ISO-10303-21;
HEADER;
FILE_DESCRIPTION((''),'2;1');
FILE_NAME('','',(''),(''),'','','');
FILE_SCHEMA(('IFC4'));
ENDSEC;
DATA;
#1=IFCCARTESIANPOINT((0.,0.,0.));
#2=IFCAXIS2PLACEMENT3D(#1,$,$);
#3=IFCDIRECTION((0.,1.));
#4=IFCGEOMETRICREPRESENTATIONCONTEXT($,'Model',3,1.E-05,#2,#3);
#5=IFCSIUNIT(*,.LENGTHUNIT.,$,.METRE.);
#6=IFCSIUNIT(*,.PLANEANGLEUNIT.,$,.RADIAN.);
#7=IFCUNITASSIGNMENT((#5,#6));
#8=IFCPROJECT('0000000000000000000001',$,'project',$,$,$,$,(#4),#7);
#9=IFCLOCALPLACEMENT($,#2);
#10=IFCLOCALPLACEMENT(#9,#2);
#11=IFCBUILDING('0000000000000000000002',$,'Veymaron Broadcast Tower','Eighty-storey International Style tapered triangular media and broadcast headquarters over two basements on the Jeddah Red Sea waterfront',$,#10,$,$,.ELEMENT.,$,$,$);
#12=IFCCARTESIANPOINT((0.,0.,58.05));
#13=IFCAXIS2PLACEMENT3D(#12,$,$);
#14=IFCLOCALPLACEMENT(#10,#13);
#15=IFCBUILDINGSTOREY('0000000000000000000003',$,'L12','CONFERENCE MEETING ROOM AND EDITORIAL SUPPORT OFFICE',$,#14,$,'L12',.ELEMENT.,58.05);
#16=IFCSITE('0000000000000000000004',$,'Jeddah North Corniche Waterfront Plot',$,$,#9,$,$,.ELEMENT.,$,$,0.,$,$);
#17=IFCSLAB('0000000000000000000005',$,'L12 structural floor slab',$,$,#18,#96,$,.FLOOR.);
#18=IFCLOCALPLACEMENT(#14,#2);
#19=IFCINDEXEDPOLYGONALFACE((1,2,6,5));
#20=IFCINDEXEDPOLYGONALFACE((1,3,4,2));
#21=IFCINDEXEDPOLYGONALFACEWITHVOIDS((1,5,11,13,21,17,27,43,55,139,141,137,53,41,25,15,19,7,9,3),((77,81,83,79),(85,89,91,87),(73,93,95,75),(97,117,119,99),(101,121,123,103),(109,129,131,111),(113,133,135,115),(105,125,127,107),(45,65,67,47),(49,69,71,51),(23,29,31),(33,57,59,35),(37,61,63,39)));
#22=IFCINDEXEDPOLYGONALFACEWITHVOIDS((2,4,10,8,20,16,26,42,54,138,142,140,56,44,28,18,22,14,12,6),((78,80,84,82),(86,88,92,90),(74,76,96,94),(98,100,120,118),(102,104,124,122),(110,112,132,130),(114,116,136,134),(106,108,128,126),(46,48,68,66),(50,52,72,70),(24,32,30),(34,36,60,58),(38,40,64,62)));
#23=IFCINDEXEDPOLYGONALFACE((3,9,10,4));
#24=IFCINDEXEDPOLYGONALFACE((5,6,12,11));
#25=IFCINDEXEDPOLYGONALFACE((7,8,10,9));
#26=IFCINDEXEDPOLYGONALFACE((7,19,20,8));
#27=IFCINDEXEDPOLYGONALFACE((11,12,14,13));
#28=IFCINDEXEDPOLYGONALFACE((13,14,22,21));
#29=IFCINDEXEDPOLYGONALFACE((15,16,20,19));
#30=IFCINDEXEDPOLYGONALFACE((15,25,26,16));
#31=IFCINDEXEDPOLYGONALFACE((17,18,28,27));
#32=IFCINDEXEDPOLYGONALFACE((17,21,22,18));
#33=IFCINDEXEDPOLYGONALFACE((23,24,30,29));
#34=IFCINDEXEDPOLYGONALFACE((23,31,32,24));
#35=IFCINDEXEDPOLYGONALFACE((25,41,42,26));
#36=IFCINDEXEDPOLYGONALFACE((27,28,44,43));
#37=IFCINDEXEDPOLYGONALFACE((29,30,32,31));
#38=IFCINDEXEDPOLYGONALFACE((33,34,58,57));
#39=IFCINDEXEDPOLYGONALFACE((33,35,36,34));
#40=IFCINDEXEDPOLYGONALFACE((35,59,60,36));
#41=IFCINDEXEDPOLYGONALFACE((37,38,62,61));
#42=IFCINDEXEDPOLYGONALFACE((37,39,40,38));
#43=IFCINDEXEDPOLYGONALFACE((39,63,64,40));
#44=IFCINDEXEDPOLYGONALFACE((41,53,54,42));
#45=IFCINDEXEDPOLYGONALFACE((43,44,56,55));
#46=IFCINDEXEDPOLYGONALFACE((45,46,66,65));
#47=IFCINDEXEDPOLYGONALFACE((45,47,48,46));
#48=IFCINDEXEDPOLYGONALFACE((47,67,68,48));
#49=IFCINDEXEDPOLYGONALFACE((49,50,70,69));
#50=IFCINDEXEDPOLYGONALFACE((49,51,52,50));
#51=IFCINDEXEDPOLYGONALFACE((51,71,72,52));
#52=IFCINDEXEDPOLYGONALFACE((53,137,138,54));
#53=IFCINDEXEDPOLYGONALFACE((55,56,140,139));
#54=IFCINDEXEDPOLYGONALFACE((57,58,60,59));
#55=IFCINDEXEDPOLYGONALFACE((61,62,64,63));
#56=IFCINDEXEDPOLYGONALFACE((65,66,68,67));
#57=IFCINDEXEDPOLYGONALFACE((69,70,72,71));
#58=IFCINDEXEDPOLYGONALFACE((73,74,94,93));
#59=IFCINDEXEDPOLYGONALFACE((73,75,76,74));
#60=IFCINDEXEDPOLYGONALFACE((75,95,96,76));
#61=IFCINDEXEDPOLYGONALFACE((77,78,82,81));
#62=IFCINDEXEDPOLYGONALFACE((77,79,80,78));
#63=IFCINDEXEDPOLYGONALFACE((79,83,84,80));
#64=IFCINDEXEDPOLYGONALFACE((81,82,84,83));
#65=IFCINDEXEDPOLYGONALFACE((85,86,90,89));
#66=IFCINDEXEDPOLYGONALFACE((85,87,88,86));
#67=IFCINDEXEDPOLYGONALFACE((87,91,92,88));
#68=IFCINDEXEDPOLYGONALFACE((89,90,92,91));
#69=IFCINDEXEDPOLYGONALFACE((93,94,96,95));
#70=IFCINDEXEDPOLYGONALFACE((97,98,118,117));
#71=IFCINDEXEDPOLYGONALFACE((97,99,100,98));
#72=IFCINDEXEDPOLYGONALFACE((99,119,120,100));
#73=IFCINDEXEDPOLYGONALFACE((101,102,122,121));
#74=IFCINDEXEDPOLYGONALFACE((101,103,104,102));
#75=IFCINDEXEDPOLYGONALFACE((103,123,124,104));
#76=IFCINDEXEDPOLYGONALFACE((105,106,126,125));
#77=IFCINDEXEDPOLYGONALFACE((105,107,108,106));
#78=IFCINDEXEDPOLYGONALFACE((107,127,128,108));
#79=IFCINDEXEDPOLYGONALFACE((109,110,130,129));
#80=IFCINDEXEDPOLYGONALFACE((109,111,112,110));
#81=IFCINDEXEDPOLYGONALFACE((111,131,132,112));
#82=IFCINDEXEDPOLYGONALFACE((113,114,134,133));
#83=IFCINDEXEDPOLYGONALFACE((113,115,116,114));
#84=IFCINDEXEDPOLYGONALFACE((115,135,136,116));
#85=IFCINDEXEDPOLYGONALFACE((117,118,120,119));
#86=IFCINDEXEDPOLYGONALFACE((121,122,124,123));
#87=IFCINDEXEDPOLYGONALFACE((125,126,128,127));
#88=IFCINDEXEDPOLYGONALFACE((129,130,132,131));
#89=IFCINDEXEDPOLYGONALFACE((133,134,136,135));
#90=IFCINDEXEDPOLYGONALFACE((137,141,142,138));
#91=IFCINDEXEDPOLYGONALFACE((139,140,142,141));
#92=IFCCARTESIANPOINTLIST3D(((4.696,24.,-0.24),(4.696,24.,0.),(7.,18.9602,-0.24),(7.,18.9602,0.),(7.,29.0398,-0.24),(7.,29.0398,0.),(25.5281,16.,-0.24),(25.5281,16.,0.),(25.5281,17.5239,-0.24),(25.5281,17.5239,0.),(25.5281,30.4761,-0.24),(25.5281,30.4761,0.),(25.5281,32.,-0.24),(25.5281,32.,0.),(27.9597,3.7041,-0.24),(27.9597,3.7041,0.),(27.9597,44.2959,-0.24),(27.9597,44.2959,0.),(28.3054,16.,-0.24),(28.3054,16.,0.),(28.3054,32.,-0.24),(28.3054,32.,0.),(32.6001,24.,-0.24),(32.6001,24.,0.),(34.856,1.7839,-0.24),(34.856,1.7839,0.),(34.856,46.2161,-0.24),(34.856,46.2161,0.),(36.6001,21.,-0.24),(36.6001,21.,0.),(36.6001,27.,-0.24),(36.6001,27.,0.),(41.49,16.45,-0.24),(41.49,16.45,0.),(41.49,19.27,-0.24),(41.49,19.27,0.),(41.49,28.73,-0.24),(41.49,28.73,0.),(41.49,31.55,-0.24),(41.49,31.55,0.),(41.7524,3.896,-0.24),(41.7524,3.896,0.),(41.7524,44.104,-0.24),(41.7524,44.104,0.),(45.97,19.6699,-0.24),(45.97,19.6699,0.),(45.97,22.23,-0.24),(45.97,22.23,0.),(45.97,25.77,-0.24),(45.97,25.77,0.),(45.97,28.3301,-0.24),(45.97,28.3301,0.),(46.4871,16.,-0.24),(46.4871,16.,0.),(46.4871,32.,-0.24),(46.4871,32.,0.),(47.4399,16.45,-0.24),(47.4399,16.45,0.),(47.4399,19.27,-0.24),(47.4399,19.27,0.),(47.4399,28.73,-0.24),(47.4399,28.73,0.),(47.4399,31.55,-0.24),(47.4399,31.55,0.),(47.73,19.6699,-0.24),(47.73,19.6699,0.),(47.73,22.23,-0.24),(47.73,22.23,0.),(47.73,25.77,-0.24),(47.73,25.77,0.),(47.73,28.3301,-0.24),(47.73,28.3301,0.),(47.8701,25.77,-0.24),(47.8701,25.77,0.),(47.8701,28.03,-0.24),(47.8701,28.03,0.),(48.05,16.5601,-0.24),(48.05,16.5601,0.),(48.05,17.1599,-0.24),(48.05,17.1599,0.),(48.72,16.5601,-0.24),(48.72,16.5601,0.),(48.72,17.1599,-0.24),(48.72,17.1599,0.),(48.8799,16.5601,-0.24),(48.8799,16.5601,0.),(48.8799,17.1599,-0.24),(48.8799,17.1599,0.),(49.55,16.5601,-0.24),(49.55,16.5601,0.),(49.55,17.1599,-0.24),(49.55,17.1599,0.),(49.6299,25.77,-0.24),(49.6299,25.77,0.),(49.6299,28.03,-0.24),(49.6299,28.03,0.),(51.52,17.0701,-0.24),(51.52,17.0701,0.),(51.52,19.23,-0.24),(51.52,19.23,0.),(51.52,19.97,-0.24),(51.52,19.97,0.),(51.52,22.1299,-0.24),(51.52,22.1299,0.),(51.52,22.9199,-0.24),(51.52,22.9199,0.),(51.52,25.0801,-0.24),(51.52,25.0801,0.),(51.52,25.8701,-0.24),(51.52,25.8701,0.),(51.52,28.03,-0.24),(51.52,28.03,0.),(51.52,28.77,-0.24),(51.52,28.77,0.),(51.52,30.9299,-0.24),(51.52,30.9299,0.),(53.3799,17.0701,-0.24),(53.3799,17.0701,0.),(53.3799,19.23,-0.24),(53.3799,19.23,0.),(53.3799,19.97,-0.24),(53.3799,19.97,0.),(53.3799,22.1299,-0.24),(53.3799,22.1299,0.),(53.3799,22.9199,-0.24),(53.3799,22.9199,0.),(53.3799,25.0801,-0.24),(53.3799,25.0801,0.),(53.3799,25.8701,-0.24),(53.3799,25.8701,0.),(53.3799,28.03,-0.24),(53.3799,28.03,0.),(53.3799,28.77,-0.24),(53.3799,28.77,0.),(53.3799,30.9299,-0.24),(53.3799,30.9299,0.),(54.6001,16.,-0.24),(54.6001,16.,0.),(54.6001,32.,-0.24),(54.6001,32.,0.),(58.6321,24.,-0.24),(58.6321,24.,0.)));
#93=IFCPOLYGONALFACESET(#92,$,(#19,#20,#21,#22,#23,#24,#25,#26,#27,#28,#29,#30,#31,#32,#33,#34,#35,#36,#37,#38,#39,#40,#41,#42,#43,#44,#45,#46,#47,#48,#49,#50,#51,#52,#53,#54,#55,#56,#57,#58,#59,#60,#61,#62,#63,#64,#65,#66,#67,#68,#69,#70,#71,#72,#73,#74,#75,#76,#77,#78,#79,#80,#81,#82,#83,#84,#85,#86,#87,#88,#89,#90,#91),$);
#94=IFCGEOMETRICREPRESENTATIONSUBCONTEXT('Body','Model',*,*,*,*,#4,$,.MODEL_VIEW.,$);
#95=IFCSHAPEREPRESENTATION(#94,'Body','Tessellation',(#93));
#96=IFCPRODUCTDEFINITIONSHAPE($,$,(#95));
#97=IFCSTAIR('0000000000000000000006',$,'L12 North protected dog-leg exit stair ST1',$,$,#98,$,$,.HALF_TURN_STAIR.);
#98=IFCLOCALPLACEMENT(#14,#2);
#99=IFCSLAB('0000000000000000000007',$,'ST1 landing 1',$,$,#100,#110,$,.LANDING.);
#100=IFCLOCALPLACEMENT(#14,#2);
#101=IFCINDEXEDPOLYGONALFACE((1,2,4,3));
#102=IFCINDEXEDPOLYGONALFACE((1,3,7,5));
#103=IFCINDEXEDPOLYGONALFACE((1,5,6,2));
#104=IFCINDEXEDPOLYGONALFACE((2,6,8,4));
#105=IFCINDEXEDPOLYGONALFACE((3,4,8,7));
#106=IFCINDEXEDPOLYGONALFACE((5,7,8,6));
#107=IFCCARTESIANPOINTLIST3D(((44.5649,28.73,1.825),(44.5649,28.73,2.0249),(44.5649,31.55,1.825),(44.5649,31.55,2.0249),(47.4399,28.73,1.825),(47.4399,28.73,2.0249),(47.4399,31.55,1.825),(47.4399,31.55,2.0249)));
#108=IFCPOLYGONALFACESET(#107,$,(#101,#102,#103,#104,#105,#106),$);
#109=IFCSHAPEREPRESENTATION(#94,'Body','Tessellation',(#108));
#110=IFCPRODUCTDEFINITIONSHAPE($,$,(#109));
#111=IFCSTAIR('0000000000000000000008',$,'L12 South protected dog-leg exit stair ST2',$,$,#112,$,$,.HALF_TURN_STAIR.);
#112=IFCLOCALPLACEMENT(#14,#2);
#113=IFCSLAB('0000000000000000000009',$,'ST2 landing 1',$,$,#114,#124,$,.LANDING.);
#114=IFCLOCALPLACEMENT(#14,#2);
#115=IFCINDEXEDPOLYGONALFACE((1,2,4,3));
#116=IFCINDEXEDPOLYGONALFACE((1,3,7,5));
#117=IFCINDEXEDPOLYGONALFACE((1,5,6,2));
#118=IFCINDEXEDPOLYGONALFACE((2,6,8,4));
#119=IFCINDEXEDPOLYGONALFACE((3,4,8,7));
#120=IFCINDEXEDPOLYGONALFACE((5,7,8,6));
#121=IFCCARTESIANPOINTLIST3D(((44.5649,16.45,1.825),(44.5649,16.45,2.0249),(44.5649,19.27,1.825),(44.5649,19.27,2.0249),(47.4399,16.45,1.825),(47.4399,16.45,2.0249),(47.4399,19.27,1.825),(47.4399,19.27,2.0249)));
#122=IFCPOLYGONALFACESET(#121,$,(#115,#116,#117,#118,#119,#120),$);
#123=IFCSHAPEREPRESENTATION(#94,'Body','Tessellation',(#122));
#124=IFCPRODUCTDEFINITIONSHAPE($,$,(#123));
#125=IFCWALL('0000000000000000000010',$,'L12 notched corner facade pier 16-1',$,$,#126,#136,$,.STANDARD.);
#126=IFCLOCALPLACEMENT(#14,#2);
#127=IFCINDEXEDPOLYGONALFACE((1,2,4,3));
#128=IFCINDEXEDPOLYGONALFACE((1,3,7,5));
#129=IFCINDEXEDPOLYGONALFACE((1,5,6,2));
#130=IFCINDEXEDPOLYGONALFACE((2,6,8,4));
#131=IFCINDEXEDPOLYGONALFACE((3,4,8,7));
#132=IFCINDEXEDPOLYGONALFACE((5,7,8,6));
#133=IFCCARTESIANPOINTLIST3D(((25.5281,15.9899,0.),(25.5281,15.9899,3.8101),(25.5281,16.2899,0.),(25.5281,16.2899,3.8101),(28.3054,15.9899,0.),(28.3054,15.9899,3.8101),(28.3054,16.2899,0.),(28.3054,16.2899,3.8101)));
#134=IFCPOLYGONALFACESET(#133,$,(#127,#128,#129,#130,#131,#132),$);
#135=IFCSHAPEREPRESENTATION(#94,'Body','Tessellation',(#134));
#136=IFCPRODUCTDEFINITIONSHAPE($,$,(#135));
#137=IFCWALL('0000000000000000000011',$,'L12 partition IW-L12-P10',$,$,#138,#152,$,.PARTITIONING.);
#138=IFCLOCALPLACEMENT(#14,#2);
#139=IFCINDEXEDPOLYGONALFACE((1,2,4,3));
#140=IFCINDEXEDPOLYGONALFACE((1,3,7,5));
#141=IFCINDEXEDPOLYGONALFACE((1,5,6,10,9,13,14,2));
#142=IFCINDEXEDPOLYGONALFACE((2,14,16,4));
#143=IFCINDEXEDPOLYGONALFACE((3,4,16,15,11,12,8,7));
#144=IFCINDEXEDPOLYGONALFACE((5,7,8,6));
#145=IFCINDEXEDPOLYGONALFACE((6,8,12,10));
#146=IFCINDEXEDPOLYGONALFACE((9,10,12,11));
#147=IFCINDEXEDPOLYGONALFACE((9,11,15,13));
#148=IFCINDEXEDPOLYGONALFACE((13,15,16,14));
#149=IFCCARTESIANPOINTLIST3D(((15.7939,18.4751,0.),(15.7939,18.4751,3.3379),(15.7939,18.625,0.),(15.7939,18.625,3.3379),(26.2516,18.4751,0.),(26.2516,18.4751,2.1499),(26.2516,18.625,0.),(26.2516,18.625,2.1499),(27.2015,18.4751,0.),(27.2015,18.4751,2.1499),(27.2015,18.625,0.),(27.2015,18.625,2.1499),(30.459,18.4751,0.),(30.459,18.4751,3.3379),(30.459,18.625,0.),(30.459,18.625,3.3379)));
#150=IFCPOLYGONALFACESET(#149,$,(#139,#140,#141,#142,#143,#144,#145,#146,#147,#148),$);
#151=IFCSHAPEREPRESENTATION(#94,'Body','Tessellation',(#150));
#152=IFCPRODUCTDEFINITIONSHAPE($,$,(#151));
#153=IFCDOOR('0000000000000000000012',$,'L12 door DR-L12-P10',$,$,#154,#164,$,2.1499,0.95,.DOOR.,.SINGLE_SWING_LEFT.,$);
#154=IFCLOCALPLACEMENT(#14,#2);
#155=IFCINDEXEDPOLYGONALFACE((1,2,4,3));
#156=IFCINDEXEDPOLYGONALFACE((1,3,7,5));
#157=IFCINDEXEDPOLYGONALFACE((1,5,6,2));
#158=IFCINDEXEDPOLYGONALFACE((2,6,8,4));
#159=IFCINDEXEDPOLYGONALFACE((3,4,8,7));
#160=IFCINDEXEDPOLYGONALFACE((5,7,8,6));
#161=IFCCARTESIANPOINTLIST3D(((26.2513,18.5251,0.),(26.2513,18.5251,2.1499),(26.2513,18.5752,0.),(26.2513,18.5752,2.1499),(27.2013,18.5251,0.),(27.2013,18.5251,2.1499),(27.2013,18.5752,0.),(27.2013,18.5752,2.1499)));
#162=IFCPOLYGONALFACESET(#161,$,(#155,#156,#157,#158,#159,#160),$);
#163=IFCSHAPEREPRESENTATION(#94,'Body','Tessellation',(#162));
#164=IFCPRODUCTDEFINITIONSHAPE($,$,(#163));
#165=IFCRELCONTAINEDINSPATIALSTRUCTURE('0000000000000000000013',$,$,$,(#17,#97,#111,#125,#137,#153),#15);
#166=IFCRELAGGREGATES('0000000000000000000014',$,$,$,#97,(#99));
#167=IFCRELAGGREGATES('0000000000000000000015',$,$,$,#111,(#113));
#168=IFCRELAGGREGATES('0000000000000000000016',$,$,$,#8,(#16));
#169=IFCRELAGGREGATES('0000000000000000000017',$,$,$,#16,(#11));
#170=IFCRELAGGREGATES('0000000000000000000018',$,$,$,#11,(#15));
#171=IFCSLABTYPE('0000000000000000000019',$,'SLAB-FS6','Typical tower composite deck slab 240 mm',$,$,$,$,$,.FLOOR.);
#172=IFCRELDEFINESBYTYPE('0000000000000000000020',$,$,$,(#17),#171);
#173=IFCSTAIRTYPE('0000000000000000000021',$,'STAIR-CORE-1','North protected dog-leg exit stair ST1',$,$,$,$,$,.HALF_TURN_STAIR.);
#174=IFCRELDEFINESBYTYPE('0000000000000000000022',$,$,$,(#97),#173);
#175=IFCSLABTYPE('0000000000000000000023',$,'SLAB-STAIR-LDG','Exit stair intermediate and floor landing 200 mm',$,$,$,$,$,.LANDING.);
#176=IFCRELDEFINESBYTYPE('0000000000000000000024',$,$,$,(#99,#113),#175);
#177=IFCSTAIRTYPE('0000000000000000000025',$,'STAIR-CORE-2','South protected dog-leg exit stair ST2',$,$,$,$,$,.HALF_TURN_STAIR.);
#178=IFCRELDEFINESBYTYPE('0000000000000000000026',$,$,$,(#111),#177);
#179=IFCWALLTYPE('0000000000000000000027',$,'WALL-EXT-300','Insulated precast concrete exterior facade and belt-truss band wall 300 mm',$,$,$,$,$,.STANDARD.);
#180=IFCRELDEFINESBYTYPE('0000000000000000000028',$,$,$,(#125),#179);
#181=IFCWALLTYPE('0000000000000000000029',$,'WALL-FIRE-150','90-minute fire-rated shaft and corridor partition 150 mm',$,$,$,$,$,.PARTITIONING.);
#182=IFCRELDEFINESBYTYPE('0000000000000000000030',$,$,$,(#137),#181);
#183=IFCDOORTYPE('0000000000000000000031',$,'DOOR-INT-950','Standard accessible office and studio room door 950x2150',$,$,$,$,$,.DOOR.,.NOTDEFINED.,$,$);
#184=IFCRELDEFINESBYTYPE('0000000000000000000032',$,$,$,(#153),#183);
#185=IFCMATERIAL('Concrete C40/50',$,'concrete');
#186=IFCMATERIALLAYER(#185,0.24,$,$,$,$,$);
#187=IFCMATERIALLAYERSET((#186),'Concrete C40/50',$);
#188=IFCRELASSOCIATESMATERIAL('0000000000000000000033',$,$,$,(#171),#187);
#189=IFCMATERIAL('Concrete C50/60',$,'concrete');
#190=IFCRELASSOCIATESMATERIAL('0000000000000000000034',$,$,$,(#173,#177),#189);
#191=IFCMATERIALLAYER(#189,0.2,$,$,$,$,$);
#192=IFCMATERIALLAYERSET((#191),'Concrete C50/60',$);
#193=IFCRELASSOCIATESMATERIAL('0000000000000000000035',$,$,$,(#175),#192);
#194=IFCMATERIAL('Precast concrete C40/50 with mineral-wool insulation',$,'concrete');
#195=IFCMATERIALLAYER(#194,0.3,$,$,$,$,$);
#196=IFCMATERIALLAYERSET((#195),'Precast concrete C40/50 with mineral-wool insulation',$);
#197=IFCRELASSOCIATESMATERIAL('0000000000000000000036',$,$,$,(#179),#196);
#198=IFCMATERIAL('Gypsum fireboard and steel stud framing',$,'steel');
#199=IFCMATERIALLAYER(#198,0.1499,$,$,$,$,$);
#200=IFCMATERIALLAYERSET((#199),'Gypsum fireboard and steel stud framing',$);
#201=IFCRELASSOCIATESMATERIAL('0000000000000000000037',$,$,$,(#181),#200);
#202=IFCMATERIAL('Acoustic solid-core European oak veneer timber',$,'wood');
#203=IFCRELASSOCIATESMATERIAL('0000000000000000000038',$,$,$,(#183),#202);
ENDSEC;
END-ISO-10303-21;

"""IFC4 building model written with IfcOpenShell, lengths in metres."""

from ifc_helpers import new_model, si_unit, direction, frame, frame_2d, origin, place, context, subcontext, project, spatial, polyline, rectangle, outline, extrude, material, layer, layer_set, type_object, element, fill, aggregate, save


model = new_model("IFC4")

# Units and contexts
model_context = context("Model", 3, precision=1e-05, world=origin(), true_north=direction((0.0, 1.0)))
body_context = subcontext(model_context, "Body", "Model", "MODEL_VIEW")
ifc_project = project(units=[si_unit("LENGTHUNIT", "METRE"), si_unit("PLANEANGLEUNIT", "RADIAN")], contexts=[model_context])

# Site, building, storey
site_placement = place(None, origin())
site = spatial("IfcSite", under=ifc_project, at=site_placement, Name="Jeddah North Corniche Waterfront Plot", CompositionType="ELEMENT", RefElevation=0.0)
building_placement = place(site_placement, origin())
building = spatial("IfcBuilding", under=site, at=building_placement, Name="Veymaron Broadcast Tower", Description="Eighty-storey International Style tapered triangular media and broadcast headquarters over two basements on the Jeddah Red Sea waterfront", CompositionType="ELEMENT")
storey_placement = place(building_placement, frame((0.0, 0.0, 58.05)))
storey = spatial("IfcBuildingStorey", under=building, at=storey_placement, Name="L12", Description="CONFERENCE MEETING ROOM AND EDITORIAL SUPPORT OFFICE", LongName="L12", CompositionType="ELEMENT", Elevation=58.05)

# Slab
ifc_material_1 = material(Name="Concrete C40/50", Category="concrete")
ifc_layer_1 = layer(ifc_material_1, 0.24)
ifc_layer_set_1 = layer_set([ifc_layer_1], Name="Concrete C40/50")
slab_type_1 = type_object("IfcSlabType", Name="SLAB-FS6", Description="Typical tower composite deck slab 240 mm", PredefinedType="FLOOR", material=ifc_layer_set_1)
slab_1_placement = place(storey_placement, frame((0.0, 0.0, -0.24)))
element("IfcSlab", 1, at=slab_1_placement, inside=storey, type_object=slab_type_1, Name="L12 structural floor slab", PredefinedType="FLOOR", context=body_context, shape_type="SweptSolid", body=[
    extrude(outline(polyline([(46.4871, 16.0), (54.6001, 16.0), (58.6321, 24.0), (54.6001, 32.0), (46.4871, 32.0), (41.7524, 44.104), (34.856, 46.2161), (27.9597, 44.2959), (28.3054, 32.0), (25.5281, 32.0), (25.5281, 30.4761), (7.0, 29.0398), (4.696, 24.0), (7.0, 18.9602), (25.5281, 17.5239), (25.5281, 16.0), (28.3054, 16.0), (27.9597, 3.7041), (34.856, 1.7839), (41.7524, 3.896), (46.4871, 16.0)]), holes=[polyline([(45.97, 28.3301), (47.73, 28.3301), (47.73, 25.77), (45.97, 25.77), (45.97, 28.3301)]), polyline([(45.97, 22.23), (47.73, 22.23), (47.73, 19.6699), (45.97, 19.6699), (45.97, 22.23)]), polyline([(47.8701, 28.03), (49.6299, 28.03), (49.6299, 25.77), (47.8701, 25.77), (47.8701, 28.03)]), polyline([(51.52, 30.9299), (53.3799, 30.9299), (53.3799, 28.77), (51.52, 28.77), (51.52, 30.9299)]), polyline([(51.52, 28.03), (53.3799, 28.03), (53.3799, 25.8701), (51.52, 25.8701), (51.52, 28.03)]), polyline([(51.52, 22.1299), (53.3799, 22.1299), (53.3799, 19.97), (51.52, 19.97), (51.52, 22.1299)]), polyline([(51.52, 25.0801), (53.3799, 25.0801), (53.3799, 22.9199), (51.52, 22.9199), (51.52, 25.0801)]), polyline([(51.52, 19.23), (53.3799, 19.23), (53.3799, 17.0701), (51.52, 17.0701), (51.52, 19.23)]), polyline([(48.05, 17.1599), (48.72, 17.1599), (48.72, 16.5601), (48.05, 16.5601), (48.05, 17.1599)]), polyline([(48.8799, 17.1599), (49.55, 17.1599), (49.55, 16.5601), (48.8799, 16.5601), (48.8799, 17.1599)]), polyline([(36.6001, 27.0), (36.6001, 21.0), (32.6001, 24.0), (36.6001, 27.0)]), polyline([(41.49, 31.55), (47.4399, 31.55), (47.4399, 28.73), (41.49, 28.73), (41.49, 31.55)]), polyline([(41.49, 19.27), (47.4399, 19.27), (47.4399, 16.45), (41.49, 16.45), (41.49, 19.27)])]), origin(), (0.0, 0.0, 1.0), 0.24),
])

# Stairs, slabs
ifc_material_2 = material(Name="Concrete C50/60", Category="concrete")
stair_type_1 = type_object("IfcStairType", Name="STAIR-CORE-1", Description="North protected dog-leg exit stair ST1", PredefinedType="HALF_TURN_STAIR", material=ifc_material_2)
stair_1_placement = place(storey_placement, origin())
stair_1 = element("IfcStair", 2, at=stair_1_placement, inside=storey, type_object=stair_type_1, Name="L12 North protected dog-leg exit stair ST1", PredefinedType="HALF_TURN_STAIR")
ifc_layer_2 = layer(ifc_material_2, 0.2)
ifc_layer_set_2 = layer_set([ifc_layer_2], Name="Concrete C50/60")
slab_type_2 = type_object("IfcSlabType", Name="SLAB-STAIR-LDG", Description="Exit stair intermediate and floor landing 200 mm", PredefinedType="LANDING", material=ifc_layer_set_2)
slab_2_placement = place(storey_placement, frame((0.0, 0.0, 1.825)))
slab_2 = element("IfcSlab", 3, at=slab_2_placement, type_object=slab_type_2, Name="ST1 landing 1", PredefinedType="LANDING", context=body_context, shape_type="SweptSolid", body=[
    extrude(outline(polyline([(44.5649, 28.73), (47.4399, 28.73), (47.4399, 31.55), (44.5649, 31.55), (44.5649, 28.73)])), origin(), (0.0, 0.0, 1.0), 0.2),
])
aggregate(stair_1, [slab_2])
stair_type_2 = type_object("IfcStairType", Name="STAIR-CORE-2", Description="South protected dog-leg exit stair ST2", PredefinedType="HALF_TURN_STAIR", material=ifc_material_2)
stair_2_placement = place(storey_placement, origin())
stair_2 = element("IfcStair", 4, at=stair_2_placement, inside=storey, type_object=stair_type_2, Name="L12 South protected dog-leg exit stair ST2", PredefinedType="HALF_TURN_STAIR")
slab_3_placement = place(storey_placement, frame((0.0, 0.0, 1.825)))
slab_3 = element("IfcSlab", 5, at=slab_3_placement, type_object=slab_type_2, Name="ST2 landing 1", PredefinedType="LANDING", context=body_context, shape_type="SweptSolid", body=[
    extrude(outline(polyline([(44.5649, 16.45), (47.4399, 16.45), (47.4399, 19.27), (44.5649, 19.27), (44.5649, 16.45)])), origin(), (0.0, 0.0, 1.0), 0.2),
])
aggregate(stair_2, [slab_3])

# Wall
ifc_material_3 = material(Name="Precast concrete C40/50 with mineral-wool insulation", Category="concrete")
ifc_layer_3 = layer(ifc_material_3, 0.3)
ifc_layer_set_3 = layer_set([ifc_layer_3], Name="Precast concrete C40/50 with mineral-wool insulation")
wall_type_1 = type_object("IfcWallType", Name="WALL-EXT-300", Description="Insulated precast concrete exterior facade and belt-truss band wall 300 mm", PredefinedType="STANDARD", material=ifc_layer_set_3)
wall_1_placement = place(storey_placement, frame((25.5281, 16.1399, 0.0), z_axis=(0.0, 0.0, 1.0), x_axis=(1.0, 0.0, 0.0)))
element("IfcWall", 6, at=wall_1_placement, inside=storey, type_object=wall_type_1, Name="L12 notched corner facade pier 16-1", PredefinedType="STANDARD", context=body_context, shape_type="SweptSolid", body=[
    extrude(rectangle(XDim=2.7773, YDim=0.3, at=frame_2d((1.3887, 0.0))), origin(), (0.0, 0.0, 1.0), 3.8101),
])

# Wall, opening, door
ifc_material_4 = material(Name="Gypsum fireboard and steel stud framing", Category="steel")
ifc_layer_4 = layer(ifc_material_4, 0.1499)
ifc_layer_set_4 = layer_set([ifc_layer_4], Name="Gypsum fireboard and steel stud framing")
wall_type_2 = type_object("IfcWallType", Name="WALL-FIRE-150", Description="90-minute fire-rated shaft and corridor partition 150 mm", PredefinedType="PARTITIONING", material=ifc_layer_set_4)
wall_2_placement = place(storey_placement, frame((15.7939, 18.55, 0.0), z_axis=(0.0, 0.0, 1.0), x_axis=(1.0, 0.0, 0.0)))
wall_2 = element("IfcWall", 7, at=wall_2_placement, inside=storey, type_object=wall_type_2, Name="L12 partition IW-L12-P10", PredefinedType="PARTITIONING", context=body_context, shape_type="SweptSolid", body=[
    extrude(rectangle(XDim=14.665, YDim=0.1499, at=frame_2d((7.3325, 0.0))), origin(), (0.0, 0.0, 1.0), 3.3379),
])
opening_1_placement = place(wall_2_placement, frame((10.4575, 0.0, 0.0)))
opening_1 = element("IfcOpeningElement", 8, at=opening_1_placement, cuts=wall_2, PredefinedType="OPENING", context=body_context, shape_type="SweptSolid", body=[
    extrude(rectangle(XDim=0.95, YDim=2.1499, at=frame_2d((0.4751, 1.075))), frame((0.0, 0.085, 0.0), z_axis=(0.0, -1.0, 0.0), x_axis=(1.0, 0.0, 0.0)), (0.0, 0.0, 1.0), 0.1699),
])
ifc_material_5 = material(Name="Acoustic solid-core European oak veneer timber", Category="wood")
door_type = type_object("IfcDoorType", Name="DOOR-INT-950", Description="Standard accessible office and studio room door 950x2150", OperationType="NOTDEFINED", PredefinedType="DOOR", material=ifc_material_5)
door_1_placement = place(opening_1_placement, frame((0.95, 0.0, 0.0), z_axis=(0.0, 0.0, 1.0), x_axis=(-1.0, 0.0, 0.0)))
door_1 = element("IfcDoor", 9, at=door_1_placement, inside=storey, type_object=door_type, Name="L12 door DR-L12-P10", OperationType="SINGLE_SWING_LEFT", OverallHeight=2.1499, OverallWidth=0.95, PredefinedType="DOOR", context=body_context, shape_type="SweptSolid", body=[
    extrude(rectangle(XDim=0.95, YDim=2.1499, at=frame_2d((0.4751, 1.075))), frame((0.0, 0.0249, 0.0), z_axis=(0.0, -1.0, 0.0), x_axis=(1.0, 0.0, 0.0)), (0.0, 0.0, 1.0), 0.05),
])
fill(opening_1, door_1)

save(model, "model.ifc")
